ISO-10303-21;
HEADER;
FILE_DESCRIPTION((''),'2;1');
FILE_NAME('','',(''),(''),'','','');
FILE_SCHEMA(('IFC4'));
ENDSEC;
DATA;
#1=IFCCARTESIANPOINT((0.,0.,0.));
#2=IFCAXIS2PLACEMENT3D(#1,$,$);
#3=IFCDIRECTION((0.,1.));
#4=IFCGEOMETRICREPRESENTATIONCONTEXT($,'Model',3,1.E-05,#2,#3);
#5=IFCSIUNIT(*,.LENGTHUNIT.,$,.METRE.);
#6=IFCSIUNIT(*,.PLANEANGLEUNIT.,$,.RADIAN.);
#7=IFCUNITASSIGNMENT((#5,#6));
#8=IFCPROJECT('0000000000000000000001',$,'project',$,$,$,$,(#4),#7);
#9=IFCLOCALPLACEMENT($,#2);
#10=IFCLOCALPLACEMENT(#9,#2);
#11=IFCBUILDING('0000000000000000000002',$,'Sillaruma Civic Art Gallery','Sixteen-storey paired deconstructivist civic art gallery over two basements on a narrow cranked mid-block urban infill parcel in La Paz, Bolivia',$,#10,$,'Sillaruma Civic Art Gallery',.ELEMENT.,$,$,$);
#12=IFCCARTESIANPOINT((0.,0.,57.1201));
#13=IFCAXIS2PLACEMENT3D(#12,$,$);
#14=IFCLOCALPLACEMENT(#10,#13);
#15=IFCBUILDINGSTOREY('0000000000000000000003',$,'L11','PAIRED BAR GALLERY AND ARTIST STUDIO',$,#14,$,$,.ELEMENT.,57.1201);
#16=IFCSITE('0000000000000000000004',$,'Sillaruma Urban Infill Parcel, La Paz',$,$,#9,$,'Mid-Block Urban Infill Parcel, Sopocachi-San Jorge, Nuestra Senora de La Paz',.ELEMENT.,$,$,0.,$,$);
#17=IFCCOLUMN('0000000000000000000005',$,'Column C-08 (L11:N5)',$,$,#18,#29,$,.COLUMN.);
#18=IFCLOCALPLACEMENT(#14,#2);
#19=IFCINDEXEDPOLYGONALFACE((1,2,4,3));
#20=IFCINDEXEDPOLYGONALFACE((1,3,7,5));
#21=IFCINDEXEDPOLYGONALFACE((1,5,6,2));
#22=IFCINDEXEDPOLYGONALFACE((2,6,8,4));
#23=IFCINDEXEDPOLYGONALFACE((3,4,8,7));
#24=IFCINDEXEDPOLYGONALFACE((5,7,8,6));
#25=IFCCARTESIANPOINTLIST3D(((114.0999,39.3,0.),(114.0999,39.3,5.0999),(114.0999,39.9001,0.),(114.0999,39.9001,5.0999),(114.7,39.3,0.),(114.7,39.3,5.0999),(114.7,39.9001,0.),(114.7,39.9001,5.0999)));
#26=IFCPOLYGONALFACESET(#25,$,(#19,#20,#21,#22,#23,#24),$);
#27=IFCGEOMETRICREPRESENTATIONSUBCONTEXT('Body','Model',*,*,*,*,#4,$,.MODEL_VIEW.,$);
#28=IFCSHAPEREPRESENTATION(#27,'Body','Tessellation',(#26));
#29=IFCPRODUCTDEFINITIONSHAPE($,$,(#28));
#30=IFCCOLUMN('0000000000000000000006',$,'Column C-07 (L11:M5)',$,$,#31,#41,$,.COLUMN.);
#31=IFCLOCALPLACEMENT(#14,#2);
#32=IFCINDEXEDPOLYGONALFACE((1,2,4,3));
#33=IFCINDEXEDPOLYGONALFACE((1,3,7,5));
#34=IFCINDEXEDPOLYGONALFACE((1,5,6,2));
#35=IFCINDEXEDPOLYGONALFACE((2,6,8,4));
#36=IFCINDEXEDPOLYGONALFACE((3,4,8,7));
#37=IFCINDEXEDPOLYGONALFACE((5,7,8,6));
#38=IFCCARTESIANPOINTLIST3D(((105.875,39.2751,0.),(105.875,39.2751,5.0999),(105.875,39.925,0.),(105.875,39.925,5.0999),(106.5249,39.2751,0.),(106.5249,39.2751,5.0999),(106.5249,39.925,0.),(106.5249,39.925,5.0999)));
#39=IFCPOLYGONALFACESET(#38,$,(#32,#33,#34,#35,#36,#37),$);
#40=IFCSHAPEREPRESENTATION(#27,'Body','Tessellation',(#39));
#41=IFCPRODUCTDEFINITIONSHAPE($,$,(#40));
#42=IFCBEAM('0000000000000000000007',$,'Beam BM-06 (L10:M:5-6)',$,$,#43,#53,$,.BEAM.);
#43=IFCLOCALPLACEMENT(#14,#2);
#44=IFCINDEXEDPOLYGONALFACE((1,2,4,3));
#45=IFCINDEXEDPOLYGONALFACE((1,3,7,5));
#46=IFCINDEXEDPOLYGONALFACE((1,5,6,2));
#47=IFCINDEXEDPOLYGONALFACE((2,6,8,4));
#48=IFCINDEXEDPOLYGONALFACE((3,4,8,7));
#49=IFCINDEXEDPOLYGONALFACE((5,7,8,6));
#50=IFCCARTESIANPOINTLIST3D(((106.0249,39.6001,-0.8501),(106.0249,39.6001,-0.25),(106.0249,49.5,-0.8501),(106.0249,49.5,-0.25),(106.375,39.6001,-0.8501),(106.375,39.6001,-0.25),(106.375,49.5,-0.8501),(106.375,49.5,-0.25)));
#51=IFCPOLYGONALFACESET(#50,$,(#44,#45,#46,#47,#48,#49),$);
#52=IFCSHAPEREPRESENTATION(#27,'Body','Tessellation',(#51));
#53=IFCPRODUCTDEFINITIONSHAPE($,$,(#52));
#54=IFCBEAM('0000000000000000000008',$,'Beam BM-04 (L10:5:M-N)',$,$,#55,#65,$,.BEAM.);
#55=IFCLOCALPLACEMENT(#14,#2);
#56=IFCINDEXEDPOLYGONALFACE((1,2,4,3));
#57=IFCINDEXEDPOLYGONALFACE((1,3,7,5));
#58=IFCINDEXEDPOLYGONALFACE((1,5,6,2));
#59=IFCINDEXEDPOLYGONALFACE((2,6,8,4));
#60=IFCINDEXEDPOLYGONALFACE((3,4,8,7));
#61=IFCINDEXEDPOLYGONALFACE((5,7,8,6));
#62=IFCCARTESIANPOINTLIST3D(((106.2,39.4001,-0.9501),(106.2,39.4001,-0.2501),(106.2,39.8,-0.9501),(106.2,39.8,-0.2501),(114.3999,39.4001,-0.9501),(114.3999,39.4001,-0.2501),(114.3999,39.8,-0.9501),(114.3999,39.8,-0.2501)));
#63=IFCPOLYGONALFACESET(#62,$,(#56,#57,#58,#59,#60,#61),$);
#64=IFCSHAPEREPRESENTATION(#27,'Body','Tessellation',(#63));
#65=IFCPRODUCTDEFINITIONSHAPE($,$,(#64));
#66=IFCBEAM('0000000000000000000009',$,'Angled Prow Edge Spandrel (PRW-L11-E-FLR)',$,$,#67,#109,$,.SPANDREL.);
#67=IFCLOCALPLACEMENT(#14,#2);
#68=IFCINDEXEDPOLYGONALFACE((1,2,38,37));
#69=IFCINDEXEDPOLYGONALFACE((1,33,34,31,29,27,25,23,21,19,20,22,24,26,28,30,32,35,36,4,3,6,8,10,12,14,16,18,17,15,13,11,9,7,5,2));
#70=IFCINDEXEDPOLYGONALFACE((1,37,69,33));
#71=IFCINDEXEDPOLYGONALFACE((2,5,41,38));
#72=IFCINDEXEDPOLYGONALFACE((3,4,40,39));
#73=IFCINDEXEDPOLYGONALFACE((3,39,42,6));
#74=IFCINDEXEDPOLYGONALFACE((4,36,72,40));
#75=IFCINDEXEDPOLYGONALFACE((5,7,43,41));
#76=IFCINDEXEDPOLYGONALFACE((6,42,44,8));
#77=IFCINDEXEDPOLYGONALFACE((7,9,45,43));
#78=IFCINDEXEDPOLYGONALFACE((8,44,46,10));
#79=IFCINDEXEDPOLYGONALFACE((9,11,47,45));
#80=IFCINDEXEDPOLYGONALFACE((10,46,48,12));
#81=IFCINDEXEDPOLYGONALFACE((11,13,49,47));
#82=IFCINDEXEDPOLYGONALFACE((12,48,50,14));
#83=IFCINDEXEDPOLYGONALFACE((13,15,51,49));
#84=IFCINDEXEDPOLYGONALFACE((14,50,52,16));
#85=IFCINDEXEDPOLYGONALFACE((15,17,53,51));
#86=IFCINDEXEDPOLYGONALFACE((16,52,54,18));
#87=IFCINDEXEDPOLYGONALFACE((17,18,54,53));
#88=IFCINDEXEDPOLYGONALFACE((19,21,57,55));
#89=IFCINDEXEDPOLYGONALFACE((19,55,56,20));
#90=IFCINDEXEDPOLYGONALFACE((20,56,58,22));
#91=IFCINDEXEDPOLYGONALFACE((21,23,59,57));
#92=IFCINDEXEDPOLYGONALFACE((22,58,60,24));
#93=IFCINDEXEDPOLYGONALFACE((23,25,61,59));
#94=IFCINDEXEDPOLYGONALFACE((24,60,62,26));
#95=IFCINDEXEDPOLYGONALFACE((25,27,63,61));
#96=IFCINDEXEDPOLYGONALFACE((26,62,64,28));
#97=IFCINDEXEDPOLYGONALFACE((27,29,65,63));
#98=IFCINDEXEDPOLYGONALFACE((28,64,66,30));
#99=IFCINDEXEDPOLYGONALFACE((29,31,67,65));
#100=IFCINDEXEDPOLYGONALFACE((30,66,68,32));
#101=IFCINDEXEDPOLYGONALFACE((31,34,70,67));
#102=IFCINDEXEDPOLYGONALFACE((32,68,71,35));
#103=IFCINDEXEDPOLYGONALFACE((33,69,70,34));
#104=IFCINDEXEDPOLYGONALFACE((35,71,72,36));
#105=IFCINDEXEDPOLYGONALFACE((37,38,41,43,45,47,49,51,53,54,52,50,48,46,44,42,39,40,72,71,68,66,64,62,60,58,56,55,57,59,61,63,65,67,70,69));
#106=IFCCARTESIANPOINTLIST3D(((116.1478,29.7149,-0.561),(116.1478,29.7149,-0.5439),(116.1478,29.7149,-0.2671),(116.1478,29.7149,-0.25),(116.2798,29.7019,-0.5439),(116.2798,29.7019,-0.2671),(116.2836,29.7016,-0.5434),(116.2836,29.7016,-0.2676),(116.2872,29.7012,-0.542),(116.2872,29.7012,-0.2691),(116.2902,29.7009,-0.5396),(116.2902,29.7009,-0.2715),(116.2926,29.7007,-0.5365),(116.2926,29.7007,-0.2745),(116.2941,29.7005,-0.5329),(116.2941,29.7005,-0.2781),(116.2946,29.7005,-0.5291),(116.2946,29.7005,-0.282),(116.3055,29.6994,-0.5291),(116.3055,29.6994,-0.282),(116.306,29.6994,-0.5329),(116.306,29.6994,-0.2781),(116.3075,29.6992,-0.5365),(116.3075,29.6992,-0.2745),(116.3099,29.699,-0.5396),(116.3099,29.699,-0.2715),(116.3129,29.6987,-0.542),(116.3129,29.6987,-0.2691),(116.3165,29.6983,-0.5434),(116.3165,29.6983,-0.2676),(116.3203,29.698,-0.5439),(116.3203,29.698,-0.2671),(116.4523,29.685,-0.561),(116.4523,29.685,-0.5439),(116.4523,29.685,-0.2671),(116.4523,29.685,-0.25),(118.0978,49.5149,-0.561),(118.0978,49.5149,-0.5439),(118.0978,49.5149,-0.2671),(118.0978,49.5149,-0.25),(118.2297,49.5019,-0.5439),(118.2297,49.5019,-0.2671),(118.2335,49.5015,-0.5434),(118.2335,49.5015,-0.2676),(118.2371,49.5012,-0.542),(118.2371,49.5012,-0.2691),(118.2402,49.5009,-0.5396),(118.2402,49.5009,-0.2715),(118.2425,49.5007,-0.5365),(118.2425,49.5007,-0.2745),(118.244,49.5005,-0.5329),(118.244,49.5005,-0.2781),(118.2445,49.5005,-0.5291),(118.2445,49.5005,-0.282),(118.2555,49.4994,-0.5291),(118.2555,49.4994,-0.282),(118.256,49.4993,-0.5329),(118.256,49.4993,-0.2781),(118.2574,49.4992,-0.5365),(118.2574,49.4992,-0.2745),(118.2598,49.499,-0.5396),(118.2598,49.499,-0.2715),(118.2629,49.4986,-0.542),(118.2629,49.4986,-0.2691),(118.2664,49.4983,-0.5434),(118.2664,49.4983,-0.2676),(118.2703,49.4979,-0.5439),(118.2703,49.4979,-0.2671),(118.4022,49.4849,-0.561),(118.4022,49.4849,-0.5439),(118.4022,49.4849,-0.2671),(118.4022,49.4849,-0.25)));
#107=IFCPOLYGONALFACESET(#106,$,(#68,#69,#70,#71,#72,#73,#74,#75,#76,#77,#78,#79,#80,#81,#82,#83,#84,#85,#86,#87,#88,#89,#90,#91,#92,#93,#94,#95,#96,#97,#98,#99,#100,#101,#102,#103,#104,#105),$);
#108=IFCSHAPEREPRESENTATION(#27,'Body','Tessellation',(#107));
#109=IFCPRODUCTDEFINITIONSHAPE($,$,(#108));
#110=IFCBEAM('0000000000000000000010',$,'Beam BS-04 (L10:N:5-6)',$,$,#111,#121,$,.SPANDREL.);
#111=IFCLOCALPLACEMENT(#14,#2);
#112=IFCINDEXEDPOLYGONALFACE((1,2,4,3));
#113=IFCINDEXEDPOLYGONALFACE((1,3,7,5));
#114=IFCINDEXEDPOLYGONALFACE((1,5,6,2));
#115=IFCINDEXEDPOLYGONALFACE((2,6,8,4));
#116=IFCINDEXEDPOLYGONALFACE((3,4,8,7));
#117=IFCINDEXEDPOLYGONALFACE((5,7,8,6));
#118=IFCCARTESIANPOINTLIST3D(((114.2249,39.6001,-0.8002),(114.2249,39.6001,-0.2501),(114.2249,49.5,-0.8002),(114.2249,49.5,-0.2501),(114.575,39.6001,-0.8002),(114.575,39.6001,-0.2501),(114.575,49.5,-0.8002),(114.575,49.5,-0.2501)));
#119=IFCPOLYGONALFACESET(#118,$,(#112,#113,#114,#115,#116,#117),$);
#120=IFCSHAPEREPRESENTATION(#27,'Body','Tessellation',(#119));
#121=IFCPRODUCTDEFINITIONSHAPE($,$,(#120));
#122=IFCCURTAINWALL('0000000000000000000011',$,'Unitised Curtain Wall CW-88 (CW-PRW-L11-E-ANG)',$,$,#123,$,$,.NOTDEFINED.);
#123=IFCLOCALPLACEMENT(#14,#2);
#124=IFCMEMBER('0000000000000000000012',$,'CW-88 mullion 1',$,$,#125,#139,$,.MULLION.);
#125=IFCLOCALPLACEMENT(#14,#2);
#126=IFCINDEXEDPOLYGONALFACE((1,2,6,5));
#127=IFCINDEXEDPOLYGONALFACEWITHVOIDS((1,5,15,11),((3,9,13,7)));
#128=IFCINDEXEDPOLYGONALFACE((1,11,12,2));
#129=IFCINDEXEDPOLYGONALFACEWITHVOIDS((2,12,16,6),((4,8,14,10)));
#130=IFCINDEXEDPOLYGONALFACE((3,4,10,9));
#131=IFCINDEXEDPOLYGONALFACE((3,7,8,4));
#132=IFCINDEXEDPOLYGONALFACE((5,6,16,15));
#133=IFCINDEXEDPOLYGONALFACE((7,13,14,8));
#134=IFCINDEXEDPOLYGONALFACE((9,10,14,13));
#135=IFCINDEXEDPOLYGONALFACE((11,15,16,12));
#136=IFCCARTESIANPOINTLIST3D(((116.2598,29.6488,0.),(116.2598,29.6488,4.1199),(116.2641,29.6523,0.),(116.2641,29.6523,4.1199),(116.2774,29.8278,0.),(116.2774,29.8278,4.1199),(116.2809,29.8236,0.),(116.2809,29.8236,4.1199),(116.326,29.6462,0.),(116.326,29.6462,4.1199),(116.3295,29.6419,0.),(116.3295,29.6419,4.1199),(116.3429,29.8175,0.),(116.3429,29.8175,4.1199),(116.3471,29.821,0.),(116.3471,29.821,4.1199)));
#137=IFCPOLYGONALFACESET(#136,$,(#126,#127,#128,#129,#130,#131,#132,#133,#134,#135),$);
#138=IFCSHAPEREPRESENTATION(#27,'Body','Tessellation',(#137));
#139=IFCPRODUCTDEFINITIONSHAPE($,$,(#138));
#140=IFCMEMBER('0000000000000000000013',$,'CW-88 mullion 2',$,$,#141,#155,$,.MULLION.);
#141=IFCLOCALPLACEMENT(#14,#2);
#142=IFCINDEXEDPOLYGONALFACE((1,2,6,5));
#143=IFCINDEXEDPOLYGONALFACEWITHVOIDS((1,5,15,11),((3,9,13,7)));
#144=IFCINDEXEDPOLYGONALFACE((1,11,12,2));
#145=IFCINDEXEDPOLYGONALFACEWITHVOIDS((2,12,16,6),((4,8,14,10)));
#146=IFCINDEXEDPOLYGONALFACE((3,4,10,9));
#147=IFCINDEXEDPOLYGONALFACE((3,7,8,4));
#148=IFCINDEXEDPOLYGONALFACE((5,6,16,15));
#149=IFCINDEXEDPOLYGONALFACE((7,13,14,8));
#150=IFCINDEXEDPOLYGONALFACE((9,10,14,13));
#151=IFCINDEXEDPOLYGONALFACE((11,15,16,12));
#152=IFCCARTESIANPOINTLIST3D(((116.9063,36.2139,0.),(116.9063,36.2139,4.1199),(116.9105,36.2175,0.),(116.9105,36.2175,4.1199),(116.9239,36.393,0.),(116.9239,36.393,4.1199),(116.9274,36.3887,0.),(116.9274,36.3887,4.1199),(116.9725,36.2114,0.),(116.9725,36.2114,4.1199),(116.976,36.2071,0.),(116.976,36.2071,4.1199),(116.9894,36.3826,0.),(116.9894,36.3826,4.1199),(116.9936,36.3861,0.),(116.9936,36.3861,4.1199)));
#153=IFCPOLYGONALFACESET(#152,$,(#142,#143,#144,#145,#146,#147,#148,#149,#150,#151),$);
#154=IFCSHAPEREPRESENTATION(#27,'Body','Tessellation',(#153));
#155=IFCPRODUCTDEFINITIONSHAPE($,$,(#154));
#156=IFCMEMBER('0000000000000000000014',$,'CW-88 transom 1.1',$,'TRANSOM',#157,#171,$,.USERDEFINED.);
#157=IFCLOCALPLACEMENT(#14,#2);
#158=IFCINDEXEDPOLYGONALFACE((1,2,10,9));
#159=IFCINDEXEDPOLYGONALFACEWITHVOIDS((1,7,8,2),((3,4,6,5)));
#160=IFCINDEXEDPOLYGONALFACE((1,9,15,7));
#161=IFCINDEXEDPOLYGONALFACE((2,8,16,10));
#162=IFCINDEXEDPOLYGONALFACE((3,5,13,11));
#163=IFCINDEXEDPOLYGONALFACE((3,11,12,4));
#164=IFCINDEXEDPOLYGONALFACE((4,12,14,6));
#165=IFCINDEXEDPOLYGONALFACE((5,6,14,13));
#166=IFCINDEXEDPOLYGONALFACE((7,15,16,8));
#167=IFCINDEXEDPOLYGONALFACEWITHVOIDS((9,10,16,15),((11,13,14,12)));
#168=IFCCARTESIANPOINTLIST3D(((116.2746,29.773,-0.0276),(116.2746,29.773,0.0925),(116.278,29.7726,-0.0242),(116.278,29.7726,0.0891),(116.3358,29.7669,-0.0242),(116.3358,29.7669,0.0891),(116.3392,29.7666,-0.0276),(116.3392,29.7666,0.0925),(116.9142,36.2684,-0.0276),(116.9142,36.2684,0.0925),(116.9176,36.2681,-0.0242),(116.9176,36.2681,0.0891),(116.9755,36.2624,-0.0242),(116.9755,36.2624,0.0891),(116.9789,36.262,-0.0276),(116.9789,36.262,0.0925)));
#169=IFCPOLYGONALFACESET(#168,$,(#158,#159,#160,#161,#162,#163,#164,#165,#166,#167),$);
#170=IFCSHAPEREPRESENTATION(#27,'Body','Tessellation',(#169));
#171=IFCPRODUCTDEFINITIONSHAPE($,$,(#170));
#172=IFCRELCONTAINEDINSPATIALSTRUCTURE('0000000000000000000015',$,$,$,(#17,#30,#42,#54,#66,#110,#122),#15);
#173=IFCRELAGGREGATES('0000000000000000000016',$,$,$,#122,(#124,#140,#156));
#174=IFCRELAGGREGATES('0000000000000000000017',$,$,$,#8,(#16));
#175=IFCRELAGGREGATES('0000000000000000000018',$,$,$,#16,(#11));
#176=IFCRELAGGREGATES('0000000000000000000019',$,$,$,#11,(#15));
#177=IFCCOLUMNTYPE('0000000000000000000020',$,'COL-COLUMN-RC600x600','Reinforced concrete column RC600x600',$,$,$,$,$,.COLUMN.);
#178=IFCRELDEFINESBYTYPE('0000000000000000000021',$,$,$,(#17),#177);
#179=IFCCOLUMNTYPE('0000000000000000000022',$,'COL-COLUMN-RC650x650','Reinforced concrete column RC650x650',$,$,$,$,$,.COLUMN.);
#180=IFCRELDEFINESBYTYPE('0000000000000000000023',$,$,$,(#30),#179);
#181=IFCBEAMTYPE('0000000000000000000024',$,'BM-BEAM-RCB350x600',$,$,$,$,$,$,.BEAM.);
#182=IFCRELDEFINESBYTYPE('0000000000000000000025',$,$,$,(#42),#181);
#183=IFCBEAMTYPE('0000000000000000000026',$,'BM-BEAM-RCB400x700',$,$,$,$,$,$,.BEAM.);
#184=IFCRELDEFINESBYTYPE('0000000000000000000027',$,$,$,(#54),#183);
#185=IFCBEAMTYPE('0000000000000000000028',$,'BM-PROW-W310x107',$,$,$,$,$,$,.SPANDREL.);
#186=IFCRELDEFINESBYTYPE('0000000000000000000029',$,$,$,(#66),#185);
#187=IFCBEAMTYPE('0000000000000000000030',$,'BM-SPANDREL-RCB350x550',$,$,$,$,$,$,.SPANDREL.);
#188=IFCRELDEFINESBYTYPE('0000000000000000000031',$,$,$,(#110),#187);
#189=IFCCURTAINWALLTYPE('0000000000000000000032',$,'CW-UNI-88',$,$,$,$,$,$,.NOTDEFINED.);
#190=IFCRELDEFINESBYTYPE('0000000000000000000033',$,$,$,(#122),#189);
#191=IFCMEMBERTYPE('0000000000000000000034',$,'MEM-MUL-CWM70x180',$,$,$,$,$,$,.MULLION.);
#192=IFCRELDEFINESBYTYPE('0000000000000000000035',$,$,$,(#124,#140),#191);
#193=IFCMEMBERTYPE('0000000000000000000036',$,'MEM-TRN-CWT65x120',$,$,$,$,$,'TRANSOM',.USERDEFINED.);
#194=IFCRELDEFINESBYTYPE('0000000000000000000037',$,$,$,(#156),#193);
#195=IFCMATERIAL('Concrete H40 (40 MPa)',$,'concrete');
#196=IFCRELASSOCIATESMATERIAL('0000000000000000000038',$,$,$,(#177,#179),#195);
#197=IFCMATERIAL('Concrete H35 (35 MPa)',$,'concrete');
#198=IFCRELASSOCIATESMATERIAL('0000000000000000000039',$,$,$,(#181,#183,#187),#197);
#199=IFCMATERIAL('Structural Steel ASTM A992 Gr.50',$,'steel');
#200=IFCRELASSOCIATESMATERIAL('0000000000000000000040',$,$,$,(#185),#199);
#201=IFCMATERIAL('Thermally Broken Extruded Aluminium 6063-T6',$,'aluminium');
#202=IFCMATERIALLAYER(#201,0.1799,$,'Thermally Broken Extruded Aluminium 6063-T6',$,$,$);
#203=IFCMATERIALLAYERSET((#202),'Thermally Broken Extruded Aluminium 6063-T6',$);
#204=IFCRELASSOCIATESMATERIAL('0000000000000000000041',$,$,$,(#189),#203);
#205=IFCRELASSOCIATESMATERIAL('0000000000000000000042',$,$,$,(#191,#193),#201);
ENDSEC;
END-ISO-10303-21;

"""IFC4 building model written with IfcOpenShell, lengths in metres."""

from ifc_helpers import new_model, si_unit, direction, frame, origin, origin_2d, place, context, subcontext, project, spatial, rectangle, hollow_rectangle, i_section, extrude, material, layer, layer_set, material_profile, profile_set, type_object, element, aggregate, save


model = new_model("IFC4")

# Units and contexts
model_context = context("Model", 3, precision=1e-05, world=origin(), true_north=direction((0.0, 1.0)))
body_context = subcontext(model_context, "Body", "Model", "MODEL_VIEW")
ifc_project = project(units=[si_unit("LENGTHUNIT", "METRE"), si_unit("PLANEANGLEUNIT", "RADIAN")], contexts=[model_context])

# Site, building, storey
site_placement = place(None, origin())
site = spatial("IfcSite", under=ifc_project, at=site_placement, Name="Sillaruma Urban Infill Parcel, La Paz", LongName="Mid-Block Urban Infill Parcel, Sopocachi-San Jorge, Nuestra Senora de La Paz", CompositionType="ELEMENT", RefElevation=0.0)
building_placement = place(site_placement, origin())
building = spatial("IfcBuilding", under=site, at=building_placement, Name="Sillaruma Civic Art Gallery", Description="Sixteen-storey paired deconstructivist civic art gallery over two basements on a narrow cranked mid-block urban infill parcel in La Paz, Bolivia", LongName="Sillaruma Civic Art Gallery", CompositionType="ELEMENT")
storey_placement = place(building_placement, frame((0.0, 0.0, 57.1201)))
storey = spatial("IfcBuildingStorey", under=building, at=storey_placement, Name="L11", Description="PAIRED BAR GALLERY AND ARTIST STUDIO", CompositionType="ELEMENT", Elevation=57.1201)

# Columns
ifc_material_1 = material(Name="Concrete H40 (40 MPa)", Category="concrete")
ifc_material_profile_1 = material_profile(ifc_material_1, rectangle(XDim=0.6001, YDim=0.6001, at=origin_2d()), Name="RC600x600")
ifc_profile_set_1 = profile_set([ifc_material_profile_1], Name="Concrete H40 (40 MPa)")
column_type_1 = type_object("IfcColumnType", Name="COL-COLUMN-RC600x600", Description="Reinforced concrete column RC600x600", PredefinedType="COLUMN", material=ifc_profile_set_1)
column_1_placement = place(storey_placement, frame((114.3999, 39.6001, 0.0), z_axis=(0.0, 0.0, 1.0), x_axis=(1.0, 0.0, 0.0)))
element("IfcColumn", 1, at=column_1_placement, inside=storey, type_object=column_type_1, Name="Column C-08 (L11:N5)", PredefinedType="COLUMN", context=body_context, shape_type="SweptSolid", body=[
    extrude(rectangle(XDim=0.6001, YDim=0.6001, at=origin_2d()), origin(), (0.0, 0.0, 1.0), 5.0999),
])
ifc_material_profile_2 = material_profile(ifc_material_1, rectangle(XDim=0.6499, YDim=0.6499, at=origin_2d()), Name="RC650x650")
ifc_profile_set_2 = profile_set([ifc_material_profile_2], Name="Concrete H40 (40 MPa)")
column_type_2 = type_object("IfcColumnType", Name="COL-COLUMN-RC650x650", Description="Reinforced concrete column RC650x650", PredefinedType="COLUMN", material=ifc_profile_set_2)
column_2_placement = place(storey_placement, frame((106.2, 39.6001, 0.0), z_axis=(0.0, 0.0, 1.0), x_axis=(1.0, 0.0, 0.0)))
element("IfcColumn", 2, at=column_2_placement, inside=storey, type_object=column_type_2, Name="Column C-07 (L11:M5)", PredefinedType="COLUMN", context=body_context, shape_type="SweptSolid", body=[
    extrude(rectangle(XDim=0.6499, YDim=0.6499, at=origin_2d()), origin(), (0.0, 0.0, 1.0), 5.0999),
])

# Beams
ifc_material_2 = material(Name="Concrete H35 (35 MPa)", Category="concrete")
ifc_material_profile_3 = material_profile(ifc_material_2, rectangle(XDim=0.3501, YDim=0.6001, at=origin_2d()), Name="RCB350x600")
ifc_profile_set_3 = profile_set([ifc_material_profile_3], Name="Concrete H35 (35 MPa)")
beam_type_1 = type_object("IfcBeamType", Name="BM-BEAM-RCB350x600", PredefinedType="BEAM", material=ifc_profile_set_3)
beam_1_placement = place(storey_placement, frame((106.2, 39.6001, -0.55), z_axis=(0.0, 1.0, 0.0), x_axis=(-1.0, 0.0, 0.0)))
element("IfcBeam", 3, at=beam_1_placement, inside=storey, type_object=beam_type_1, Name="Beam BM-06 (L10:M:5-6)", PredefinedType="BEAM", context=body_context, shape_type="SweptSolid", body=[
    extrude(rectangle(XDim=0.3501, YDim=0.6001, at=origin_2d()), origin(), (0.0, 0.0, 1.0), 9.8999),
])
ifc_material_profile_4 = material_profile(ifc_material_2, rectangle(XDim=0.3999, YDim=0.7, at=origin_2d()), Name="RCB400x700")
ifc_profile_set_4 = profile_set([ifc_material_profile_4], Name="Concrete H35 (35 MPa)")
beam_type_2 = type_object("IfcBeamType", Name="BM-BEAM-RCB400x700", PredefinedType="BEAM", material=ifc_profile_set_4)
beam_2_placement = place(storey_placement, frame((106.2, 39.6001, -0.6001), z_axis=(1.0, 0.0, 0.0), x_axis=(0.0, 1.0, 0.0)))
element("IfcBeam", 4, at=beam_2_placement, inside=storey, type_object=beam_type_2, Name="Beam BM-04 (L10:5:M-N)", PredefinedType="BEAM", context=body_context, shape_type="SweptSolid", body=[
    extrude(rectangle(XDim=0.3999, YDim=0.7, at=origin_2d()), origin(), (0.0, 0.0, 1.0), 8.2),
])
ifc_material_3 = material(Name="Structural Steel ASTM A992 Gr.50", Category="steel")
ifc_material_profile_5 = material_profile(ifc_material_3, i_section(OverallWidth=0.3059, OverallDepth=0.311, WebThickness=0.011, FlangeThickness=0.0171, FilletRadius=0.0149, at=origin_2d()), Name="W310x107")
ifc_profile_set_5 = profile_set([ifc_material_profile_5], Name="Structural Steel ASTM A992 Gr.50")
beam_type_3 = type_object("IfcBeamType", Name="BM-PROW-W310x107", PredefinedType="SPANDREL", material=ifc_profile_set_5)
beam_3_placement = place(storey_placement, frame((116.3, 29.7, -0.4055), z_axis=(0.098008, 0.995186, 0.0), x_axis=(-0.995186, 0.098008, 0.0)))
element("IfcBeam", 5, at=beam_3_placement, inside=storey, type_object=beam_type_3, Name="Angled Prow Edge Spandrel (PRW-L11-E-FLR)", PredefinedType="SPANDREL", context=body_context, shape_type="SweptSolid", body=[
    extrude(i_section(OverallWidth=0.3059, OverallDepth=0.311, WebThickness=0.011, FlangeThickness=0.0171, FilletRadius=0.0149, at=origin_2d()), origin(), (0.0, 0.0, 1.0), 19.8958),
])
ifc_material_profile_6 = material_profile(ifc_material_2, rectangle(XDim=0.3501, YDim=0.55, at=origin_2d()), Name="RCB350x550")
ifc_profile_set_6 = profile_set([ifc_material_profile_6], Name="Concrete H35 (35 MPa)")
beam_type_4 = type_object("IfcBeamType", Name="BM-SPANDREL-RCB350x550", PredefinedType="SPANDREL", material=ifc_profile_set_6)
beam_4_placement = place(storey_placement, frame((114.3999, 39.6001, -0.5251), z_axis=(0.0, 1.0, 0.0), x_axis=(-1.0, 0.0, 0.0)))
element("IfcBeam", 6, at=beam_4_placement, inside=storey, type_object=beam_type_4, Name="Beam BS-04 (L10:N:5-6)", PredefinedType="SPANDREL", context=body_context, shape_type="SweptSolid", body=[
    extrude(rectangle(XDim=0.3501, YDim=0.55, at=origin_2d()), origin(), (0.0, 0.0, 1.0), 9.8999),
])

# Curtain wall, members
ifc_material_4 = material(Name="Thermally Broken Extruded Aluminium 6063-T6", Category="aluminium")
ifc_layer_1 = layer(ifc_material_4, 0.1799, Name="Thermally Broken Extruded Aluminium 6063-T6")
ifc_layer_set_1 = layer_set([ifc_layer_1], Name="Thermally Broken Extruded Aluminium 6063-T6")
curtain_wall_type = type_object("IfcCurtainWallType", Name="CW-UNI-88", PredefinedType="NOTDEFINED", material=ifc_layer_set_1)
curtain_wall_placement = place(storey_placement, origin())
curtain_wall = element("IfcCurtainWall", 7, at=curtain_wall_placement, inside=storey, type_object=curtain_wall_type, Name="Unitised Curtain Wall CW-88 (CW-PRW-L11-E-ANG)", PredefinedType="NOTDEFINED")
ifc_material_profile_7 = material_profile(ifc_material_4, hollow_rectangle(XDim=0.0701, YDim=0.1799, WallThickness=0.0039, at=origin_2d()), Name="CWM70x180")
ifc_profile_set_7 = profile_set([ifc_material_profile_7], Name="Thermally Broken Extruded Aluminium 6063-T6")
member_type_1 = type_object("IfcMemberType", Name="MEM-MUL-CWM70x180", PredefinedType="MULLION", material=ifc_profile_set_7)
member_1_placement = place(storey_placement, frame((116.3035, 29.7349, 0.0), z_axis=(0.0, 0.0, 1.0), x_axis=(-0.995185, 0.098011, 0.0)))
member_1 = element("IfcMember", 8, at=member_1_placement, type_object=member_type_1, Name="CW-88 mullion 1", PredefinedType="MULLION", context=body_context, shape_type="SweptSolid", body=[
    extrude(hollow_rectangle(XDim=0.0701, YDim=0.1799, WallThickness=0.0039, at=origin_2d()), origin(), (0.0, 0.0, 1.0), 4.1199),
])
member_2_placement = place(storey_placement, frame((116.95, 36.3, 0.0), z_axis=(0.0, 0.0, 1.0), x_axis=(-0.995185, 0.098011, 0.0)))
member_2 = element("IfcMember", 9, at=member_2_placement, type_object=member_type_1, Name="CW-88 mullion 2", PredefinedType="MULLION", context=body_context, shape_type="SweptSolid", body=[
    extrude(hollow_rectangle(XDim=0.0701, YDim=0.1799, WallThickness=0.0039, at=origin_2d()), origin(), (0.0, 0.0, 1.0), 4.1199),
])
ifc_material_profile_8 = material_profile(ifc_material_4, hollow_rectangle(XDim=0.0649, YDim=0.1201, WallThickness=0.0034, at=origin_2d()), Name="CWT65x120")
ifc_profile_set_8 = profile_set([ifc_material_profile_8], Name="Thermally Broken Extruded Aluminium 6063-T6")
member_type_2 = type_object("IfcMemberType", Name="MEM-TRN-CWT65x120", ElementType="TRANSOM", PredefinedType="USERDEFINED", material=ifc_profile_set_8)
member_3_placement = place(storey_placement, frame((116.3069, 29.7698, 0.0325), z_axis=(0.098004, 0.995186, 0.0), x_axis=(-0.995186, 0.098004, 0.0)))
member_3 = element("IfcMember", 10, at=member_3_placement, type_object=member_type_2, Name="CW-88 transom 1.1", ObjectType="TRANSOM", PredefinedType="USERDEFINED", context=body_context, shape_type="SweptSolid", body=[
    extrude(hollow_rectangle(XDim=0.0649, YDim=0.1201, WallThickness=0.0034, at=origin_2d()), origin(), (0.0, 0.0, 1.0), 6.5269),
])

aggregate(curtain_wall, [member_1, member_2, member_3])

save(model, "model.ifc")
